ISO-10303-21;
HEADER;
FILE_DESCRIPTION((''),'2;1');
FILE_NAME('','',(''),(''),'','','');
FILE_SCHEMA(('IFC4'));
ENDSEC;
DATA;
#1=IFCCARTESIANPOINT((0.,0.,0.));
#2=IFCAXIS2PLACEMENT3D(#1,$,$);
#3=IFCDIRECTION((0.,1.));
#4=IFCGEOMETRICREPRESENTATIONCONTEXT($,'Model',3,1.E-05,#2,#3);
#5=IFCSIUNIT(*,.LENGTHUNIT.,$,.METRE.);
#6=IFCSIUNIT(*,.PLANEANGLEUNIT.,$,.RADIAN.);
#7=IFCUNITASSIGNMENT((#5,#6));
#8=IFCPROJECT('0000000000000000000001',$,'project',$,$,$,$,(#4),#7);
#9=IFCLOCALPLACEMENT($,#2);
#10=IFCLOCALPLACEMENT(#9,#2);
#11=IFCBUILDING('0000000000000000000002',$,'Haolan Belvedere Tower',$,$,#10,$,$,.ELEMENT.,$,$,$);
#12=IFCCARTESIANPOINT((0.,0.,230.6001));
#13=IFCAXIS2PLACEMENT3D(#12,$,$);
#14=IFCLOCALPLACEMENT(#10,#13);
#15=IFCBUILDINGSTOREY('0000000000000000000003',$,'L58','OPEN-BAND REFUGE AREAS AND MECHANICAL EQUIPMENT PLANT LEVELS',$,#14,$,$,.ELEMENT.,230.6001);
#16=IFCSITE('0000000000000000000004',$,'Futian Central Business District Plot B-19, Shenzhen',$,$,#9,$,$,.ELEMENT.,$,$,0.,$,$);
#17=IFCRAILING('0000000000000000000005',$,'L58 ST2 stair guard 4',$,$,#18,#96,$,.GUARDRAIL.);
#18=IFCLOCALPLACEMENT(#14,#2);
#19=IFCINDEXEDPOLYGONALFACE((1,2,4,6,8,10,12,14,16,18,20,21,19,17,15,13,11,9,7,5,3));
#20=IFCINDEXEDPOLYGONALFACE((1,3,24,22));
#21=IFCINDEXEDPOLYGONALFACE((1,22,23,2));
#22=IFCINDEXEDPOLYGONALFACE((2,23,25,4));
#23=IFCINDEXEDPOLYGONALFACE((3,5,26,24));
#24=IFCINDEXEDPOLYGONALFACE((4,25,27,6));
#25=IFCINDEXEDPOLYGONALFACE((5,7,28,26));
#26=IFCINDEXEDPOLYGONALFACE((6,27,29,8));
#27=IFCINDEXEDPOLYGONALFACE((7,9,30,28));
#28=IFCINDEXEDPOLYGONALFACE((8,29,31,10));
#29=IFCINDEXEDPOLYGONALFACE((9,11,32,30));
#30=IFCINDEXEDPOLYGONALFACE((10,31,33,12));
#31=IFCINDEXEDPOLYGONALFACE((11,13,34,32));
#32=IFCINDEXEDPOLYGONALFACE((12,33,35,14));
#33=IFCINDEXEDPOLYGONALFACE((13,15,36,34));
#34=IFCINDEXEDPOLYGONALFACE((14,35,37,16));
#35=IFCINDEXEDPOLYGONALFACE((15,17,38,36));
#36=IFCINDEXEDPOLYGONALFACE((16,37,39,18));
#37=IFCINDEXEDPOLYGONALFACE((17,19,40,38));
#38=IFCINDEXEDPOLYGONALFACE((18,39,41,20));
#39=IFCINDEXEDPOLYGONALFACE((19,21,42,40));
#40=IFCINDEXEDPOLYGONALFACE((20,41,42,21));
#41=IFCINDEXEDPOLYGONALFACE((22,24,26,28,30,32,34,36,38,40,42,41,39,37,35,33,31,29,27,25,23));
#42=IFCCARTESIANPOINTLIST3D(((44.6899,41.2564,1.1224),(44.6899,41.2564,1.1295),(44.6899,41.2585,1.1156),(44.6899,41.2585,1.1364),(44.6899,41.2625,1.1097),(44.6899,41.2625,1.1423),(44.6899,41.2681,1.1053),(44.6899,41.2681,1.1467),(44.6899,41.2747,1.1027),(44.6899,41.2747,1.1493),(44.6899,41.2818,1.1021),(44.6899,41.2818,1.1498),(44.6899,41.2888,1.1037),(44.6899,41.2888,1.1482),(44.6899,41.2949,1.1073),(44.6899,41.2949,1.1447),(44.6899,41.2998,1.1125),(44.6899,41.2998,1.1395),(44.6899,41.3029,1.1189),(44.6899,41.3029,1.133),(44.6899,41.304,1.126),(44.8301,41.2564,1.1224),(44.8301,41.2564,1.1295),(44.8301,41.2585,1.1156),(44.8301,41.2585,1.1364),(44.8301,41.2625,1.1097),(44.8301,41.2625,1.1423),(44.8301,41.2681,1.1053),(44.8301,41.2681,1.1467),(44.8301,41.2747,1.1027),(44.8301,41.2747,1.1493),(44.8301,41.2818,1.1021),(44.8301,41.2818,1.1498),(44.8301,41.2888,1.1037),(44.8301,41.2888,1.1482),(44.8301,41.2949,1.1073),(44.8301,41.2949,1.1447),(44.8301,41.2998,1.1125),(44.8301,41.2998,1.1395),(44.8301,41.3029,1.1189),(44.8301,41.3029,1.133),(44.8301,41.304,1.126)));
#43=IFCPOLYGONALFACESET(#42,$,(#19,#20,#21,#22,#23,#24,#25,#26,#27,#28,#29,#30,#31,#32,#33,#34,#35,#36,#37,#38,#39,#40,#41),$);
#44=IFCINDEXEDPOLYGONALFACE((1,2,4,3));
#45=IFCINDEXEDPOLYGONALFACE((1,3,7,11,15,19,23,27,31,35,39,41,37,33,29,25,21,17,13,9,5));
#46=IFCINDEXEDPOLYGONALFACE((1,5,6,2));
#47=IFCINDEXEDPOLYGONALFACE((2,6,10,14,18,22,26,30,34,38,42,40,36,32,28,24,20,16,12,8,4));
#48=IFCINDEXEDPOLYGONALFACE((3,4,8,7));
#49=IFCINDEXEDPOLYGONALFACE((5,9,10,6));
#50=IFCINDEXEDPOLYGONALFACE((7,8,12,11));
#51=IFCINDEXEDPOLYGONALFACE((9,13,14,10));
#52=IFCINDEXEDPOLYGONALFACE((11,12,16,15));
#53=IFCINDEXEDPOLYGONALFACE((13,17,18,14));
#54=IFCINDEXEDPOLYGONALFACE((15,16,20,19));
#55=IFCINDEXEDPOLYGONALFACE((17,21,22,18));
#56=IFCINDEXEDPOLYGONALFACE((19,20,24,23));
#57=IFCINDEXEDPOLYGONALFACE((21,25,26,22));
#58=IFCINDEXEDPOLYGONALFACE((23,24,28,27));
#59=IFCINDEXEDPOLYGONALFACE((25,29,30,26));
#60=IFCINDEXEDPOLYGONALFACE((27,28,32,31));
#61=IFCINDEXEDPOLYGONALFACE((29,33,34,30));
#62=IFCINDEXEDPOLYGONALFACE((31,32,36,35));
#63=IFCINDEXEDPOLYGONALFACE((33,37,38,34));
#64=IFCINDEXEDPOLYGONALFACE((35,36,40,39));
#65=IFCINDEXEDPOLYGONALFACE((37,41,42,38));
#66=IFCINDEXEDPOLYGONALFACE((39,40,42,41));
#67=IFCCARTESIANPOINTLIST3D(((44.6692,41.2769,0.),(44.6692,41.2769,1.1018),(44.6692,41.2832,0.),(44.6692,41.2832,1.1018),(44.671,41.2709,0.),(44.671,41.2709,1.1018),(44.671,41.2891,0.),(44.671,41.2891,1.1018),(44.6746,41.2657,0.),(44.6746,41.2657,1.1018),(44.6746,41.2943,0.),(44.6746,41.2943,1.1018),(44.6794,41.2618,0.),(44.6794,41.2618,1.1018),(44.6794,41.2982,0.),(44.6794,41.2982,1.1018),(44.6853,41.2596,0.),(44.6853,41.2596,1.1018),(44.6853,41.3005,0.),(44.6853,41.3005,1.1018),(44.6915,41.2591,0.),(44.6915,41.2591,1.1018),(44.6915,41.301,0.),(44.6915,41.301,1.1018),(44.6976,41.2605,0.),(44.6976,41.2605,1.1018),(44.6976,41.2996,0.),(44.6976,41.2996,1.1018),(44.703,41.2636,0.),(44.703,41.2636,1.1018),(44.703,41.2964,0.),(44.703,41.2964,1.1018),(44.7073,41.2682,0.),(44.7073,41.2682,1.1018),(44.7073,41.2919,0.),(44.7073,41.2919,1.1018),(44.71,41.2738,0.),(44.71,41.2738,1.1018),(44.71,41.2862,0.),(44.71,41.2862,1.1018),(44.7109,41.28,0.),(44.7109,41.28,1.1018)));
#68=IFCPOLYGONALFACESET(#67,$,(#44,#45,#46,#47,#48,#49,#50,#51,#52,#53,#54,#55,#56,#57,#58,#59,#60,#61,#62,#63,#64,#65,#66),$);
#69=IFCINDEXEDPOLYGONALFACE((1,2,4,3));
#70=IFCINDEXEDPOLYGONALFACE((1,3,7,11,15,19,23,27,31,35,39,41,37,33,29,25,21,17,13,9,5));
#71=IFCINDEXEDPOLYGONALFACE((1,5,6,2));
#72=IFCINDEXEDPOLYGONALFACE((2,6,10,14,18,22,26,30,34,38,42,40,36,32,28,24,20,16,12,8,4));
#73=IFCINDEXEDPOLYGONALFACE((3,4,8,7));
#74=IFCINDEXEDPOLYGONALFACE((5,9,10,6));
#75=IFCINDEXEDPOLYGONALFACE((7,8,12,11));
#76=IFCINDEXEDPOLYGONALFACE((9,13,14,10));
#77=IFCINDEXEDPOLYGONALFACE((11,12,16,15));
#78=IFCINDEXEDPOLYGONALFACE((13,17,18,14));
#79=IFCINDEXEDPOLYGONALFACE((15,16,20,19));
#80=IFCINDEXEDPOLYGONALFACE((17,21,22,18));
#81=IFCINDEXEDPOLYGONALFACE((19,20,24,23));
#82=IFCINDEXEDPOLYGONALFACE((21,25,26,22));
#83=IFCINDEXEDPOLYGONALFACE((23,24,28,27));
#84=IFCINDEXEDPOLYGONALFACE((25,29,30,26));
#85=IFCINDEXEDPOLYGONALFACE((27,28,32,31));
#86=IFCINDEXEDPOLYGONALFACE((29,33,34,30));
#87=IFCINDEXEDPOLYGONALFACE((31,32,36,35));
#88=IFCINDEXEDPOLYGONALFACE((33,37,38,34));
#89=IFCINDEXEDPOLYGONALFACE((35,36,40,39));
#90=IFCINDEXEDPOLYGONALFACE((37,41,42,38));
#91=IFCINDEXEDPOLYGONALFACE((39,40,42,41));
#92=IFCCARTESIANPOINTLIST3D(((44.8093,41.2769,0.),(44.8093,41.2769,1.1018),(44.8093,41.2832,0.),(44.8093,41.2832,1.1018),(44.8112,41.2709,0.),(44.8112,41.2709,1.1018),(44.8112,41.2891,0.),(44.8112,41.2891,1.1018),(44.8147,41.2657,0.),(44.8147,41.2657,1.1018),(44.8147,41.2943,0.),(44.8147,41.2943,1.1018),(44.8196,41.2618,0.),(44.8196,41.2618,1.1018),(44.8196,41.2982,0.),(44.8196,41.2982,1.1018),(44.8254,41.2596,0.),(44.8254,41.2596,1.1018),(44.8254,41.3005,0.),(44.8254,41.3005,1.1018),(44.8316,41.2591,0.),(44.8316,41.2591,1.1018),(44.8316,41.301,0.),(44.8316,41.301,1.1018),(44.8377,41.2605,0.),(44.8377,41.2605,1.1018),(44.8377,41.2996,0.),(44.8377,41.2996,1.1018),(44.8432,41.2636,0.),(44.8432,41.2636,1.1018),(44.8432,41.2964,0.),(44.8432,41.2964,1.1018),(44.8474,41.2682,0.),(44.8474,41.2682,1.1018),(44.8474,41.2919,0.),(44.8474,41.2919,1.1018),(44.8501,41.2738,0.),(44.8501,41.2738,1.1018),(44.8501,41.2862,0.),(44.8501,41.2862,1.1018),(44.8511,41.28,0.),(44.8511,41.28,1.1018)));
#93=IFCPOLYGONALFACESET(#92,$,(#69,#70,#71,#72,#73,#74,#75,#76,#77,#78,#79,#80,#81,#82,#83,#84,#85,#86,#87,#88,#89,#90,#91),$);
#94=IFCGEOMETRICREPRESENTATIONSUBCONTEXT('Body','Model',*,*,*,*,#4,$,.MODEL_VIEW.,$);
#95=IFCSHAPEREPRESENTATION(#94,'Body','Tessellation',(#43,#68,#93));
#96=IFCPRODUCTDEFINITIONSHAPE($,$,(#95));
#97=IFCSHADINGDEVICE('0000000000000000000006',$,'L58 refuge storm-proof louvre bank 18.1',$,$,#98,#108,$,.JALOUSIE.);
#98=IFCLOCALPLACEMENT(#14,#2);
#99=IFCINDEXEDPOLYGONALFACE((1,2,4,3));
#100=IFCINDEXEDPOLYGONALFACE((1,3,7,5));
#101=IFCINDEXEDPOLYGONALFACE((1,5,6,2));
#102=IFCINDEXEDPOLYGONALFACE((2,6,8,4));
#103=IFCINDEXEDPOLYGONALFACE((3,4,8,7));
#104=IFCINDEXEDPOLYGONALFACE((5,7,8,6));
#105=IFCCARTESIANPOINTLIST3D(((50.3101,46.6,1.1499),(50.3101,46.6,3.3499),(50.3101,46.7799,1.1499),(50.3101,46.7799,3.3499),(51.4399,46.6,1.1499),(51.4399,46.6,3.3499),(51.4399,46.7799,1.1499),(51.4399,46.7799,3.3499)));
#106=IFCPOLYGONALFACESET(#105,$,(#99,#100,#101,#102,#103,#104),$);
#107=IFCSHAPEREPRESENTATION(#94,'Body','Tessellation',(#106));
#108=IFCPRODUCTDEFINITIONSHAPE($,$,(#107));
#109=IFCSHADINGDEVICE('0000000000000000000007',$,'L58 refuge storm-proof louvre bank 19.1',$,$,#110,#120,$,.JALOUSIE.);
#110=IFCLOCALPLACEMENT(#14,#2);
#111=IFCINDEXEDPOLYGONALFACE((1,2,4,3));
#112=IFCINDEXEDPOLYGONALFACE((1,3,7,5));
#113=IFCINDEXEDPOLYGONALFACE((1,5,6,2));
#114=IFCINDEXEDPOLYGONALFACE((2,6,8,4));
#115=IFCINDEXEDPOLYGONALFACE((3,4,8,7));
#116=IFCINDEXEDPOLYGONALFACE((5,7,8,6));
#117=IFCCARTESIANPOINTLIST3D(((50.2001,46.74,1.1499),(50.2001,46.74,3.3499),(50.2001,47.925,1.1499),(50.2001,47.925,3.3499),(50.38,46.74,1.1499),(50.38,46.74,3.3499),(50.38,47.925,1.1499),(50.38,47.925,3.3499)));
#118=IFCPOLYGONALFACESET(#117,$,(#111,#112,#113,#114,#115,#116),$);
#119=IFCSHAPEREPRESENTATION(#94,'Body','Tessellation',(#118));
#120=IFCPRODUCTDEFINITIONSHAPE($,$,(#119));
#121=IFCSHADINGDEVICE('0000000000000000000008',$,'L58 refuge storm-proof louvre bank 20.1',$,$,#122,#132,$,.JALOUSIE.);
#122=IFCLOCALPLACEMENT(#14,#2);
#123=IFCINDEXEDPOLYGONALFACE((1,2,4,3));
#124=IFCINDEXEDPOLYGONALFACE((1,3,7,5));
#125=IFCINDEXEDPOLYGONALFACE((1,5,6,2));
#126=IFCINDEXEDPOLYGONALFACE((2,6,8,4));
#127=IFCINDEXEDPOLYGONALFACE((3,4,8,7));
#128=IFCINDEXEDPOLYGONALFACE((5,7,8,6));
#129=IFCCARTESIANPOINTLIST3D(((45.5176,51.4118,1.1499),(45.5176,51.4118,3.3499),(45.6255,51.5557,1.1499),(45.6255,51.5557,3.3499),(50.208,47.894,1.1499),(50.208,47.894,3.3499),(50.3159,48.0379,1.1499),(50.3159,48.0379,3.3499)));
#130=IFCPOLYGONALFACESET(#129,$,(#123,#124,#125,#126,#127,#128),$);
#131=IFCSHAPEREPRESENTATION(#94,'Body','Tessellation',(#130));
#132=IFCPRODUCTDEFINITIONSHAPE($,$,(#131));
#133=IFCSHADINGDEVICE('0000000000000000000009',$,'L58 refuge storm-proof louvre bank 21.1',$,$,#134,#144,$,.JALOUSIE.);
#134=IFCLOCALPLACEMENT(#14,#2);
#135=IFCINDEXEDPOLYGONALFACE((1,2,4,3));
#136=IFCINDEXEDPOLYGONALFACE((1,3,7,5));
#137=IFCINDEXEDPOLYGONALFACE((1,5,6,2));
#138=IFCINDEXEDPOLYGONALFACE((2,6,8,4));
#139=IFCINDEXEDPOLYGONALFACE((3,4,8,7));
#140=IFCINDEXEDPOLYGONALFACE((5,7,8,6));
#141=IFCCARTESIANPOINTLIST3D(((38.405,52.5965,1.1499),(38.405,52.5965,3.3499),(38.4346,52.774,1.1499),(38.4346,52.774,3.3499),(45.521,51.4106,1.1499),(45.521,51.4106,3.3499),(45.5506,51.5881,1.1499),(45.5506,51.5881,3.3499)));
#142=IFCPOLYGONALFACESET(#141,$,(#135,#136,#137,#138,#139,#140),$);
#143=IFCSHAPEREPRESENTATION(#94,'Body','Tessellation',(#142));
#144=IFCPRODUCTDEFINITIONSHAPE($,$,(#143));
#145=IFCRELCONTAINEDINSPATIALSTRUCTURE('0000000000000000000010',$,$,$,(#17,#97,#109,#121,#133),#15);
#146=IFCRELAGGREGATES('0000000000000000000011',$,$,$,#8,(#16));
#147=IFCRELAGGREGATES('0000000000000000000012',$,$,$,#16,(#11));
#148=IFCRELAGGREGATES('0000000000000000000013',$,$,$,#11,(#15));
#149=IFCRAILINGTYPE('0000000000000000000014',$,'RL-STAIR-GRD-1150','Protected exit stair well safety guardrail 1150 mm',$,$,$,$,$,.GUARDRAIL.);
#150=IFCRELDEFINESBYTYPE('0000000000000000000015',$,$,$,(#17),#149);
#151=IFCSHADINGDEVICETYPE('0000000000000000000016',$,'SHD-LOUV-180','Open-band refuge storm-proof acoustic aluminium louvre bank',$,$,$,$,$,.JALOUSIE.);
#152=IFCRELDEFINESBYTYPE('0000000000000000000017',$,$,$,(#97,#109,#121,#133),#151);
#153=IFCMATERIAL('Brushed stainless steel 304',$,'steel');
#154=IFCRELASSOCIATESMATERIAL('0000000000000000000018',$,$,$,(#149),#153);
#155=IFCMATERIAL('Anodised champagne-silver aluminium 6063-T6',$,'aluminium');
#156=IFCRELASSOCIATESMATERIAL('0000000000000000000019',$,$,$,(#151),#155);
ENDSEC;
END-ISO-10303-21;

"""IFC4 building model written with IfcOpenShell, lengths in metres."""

from ifc_helpers import new_model, si_unit, direction, frame, origin, origin_2d, place, context, subcontext, project, spatial, rectangle, circle, extrude, material, type_object, element, save


model = new_model("IFC4")

# Units and contexts
model_context = context("Model", 3, precision=1e-05, world=origin(), true_north=direction((0.0, 1.0)))
body_context = subcontext(model_context, "Body", "Model", "MODEL_VIEW")
ifc_project = project(units=[si_unit("LENGTHUNIT", "METRE"), si_unit("PLANEANGLEUNIT", "RADIAN")], contexts=[model_context])

# Site, building, storey
site_placement = place(None, origin())
site = spatial("IfcSite", under=ifc_project, at=site_placement, Name="Futian Central Business District Plot B-19, Shenzhen", CompositionType="ELEMENT", RefElevation=0.0)
building_placement = place(site_placement, origin())
building = spatial("IfcBuilding", under=site, at=building_placement, Name="Haolan Belvedere Tower", CompositionType="ELEMENT")
storey_placement = place(building_placement, frame((0.0, 0.0, 230.6001)))
storey = spatial("IfcBuildingStorey", under=building, at=storey_placement, Name="L58", Description="OPEN-BAND REFUGE AREAS AND MECHANICAL EQUIPMENT PLANT LEVELS", CompositionType="ELEMENT", Elevation=230.6001)

# Railing
ifc_material_1 = material(Name="Brushed stainless steel 304", Category="steel")
railing_type = type_object("IfcRailingType", Name="RL-STAIR-GRD-1150", Description="Protected exit stair well safety guardrail 1150 mm", PredefinedType="GUARDRAIL", material=ifc_material_1)
railing_1_placement = place(storey_placement, frame((44.6899, 41.28, 0.0)))
element("IfcRailing", 1, at=railing_1_placement, inside=storey, type_object=railing_type, Name="L58 ST2 stair guard 4", PredefinedType="GUARDRAIL", context=body_context, shape_type="SweptSolid", body=[
    extrude(circle(Radius=0.0239, at=origin_2d()), frame((0.0, 0.0, 1.126), z_axis=(1.0, 0.0, 0.0), x_axis=(0.0, 1.0, 0.0)), (0.0, 0.0, 1.0), 0.1401),
    extrude(circle(Radius=0.021, at=origin_2d()), origin(), (0.0, 0.0, 1.0), 1.1018),
    extrude(circle(Radius=0.021, at=origin_2d()), frame((0.1401, 0.0, 0.0)), (0.0, 0.0, 1.0), 1.1018),
])

# Shading devices
ifc_material_2 = material(Name="Anodised champagne-silver aluminium 6063-T6", Category="aluminium")
shading_device_type = type_object("IfcShadingDeviceType", Name="SHD-LOUV-180", Description="Open-band refuge storm-proof acoustic aluminium louvre bank", PredefinedType="JALOUSIE", material=ifc_material_2)
shading_device_1_placement = place(storey_placement, frame((50.875, 46.6899, 1.1499), z_axis=(0.0, 0.0, 1.0), x_axis=(-1.0, 0.0, 0.0)))
element("IfcShadingDevice", 2, at=shading_device_1_placement, inside=storey, type_object=shading_device_type, Name="L58 refuge storm-proof louvre bank 18.1", PredefinedType="JALOUSIE", context=body_context, shape_type="SweptSolid", body=[
    extrude(rectangle(XDim=1.1299, YDim=0.1799, at=origin_2d()), origin(), (0.0, 0.0, 1.0), 2.2),
])
shading_device_2_placement = place(storey_placement, frame((50.29, 47.3325, 1.1499), z_axis=(0.0, 0.0, 1.0), x_axis=(0.0, 1.0, 0.0)))
element("IfcShadingDevice", 3, at=shading_device_2_placement, inside=storey, type_object=shading_device_type, Name="L58 refuge storm-proof louvre bank 19.1", PredefinedType="JALOUSIE", context=body_context, shape_type="SweptSolid", body=[
    extrude(rectangle(XDim=1.1851, YDim=0.1799, at=origin_2d()), origin(), (0.0, 0.0, 1.0), 2.2),
])
shading_device_3_placement = place(storey_placement, frame((47.9167, 49.7249, 1.1499), z_axis=(0.0, 0.0, 1.0), x_axis=(-0.799999, 0.600001, 0.0)))
element("IfcShadingDevice", 4, at=shading_device_3_placement, inside=storey, type_object=shading_device_type, Name="L58 refuge storm-proof louvre bank 20.1", PredefinedType="JALOUSIE", context=body_context, shape_type="SweptSolid", body=[
    extrude(rectangle(XDim=5.863, YDim=0.1799, at=origin_2d()), origin(), (0.0, 0.0, 1.0), 2.2),
])
shading_device_4_placement = place(storey_placement, frame((41.9778, 52.0923, 1.1499), z_axis=(0.0, 0.0, 1.0), x_axis=(-0.986395, 0.164393, 0.0)))
element("IfcShadingDevice", 5, at=shading_device_4_placement, inside=storey, type_object=shading_device_type, Name="L58 refuge storm-proof louvre bank 21.1", PredefinedType="JALOUSIE", context=body_context, shape_type="SweptSolid", body=[
    extrude(rectangle(XDim=7.2141, YDim=0.1799, at=origin_2d()), origin(), (0.0, 0.0, 1.0), 2.2),
])

save(model, "model.ifc")
